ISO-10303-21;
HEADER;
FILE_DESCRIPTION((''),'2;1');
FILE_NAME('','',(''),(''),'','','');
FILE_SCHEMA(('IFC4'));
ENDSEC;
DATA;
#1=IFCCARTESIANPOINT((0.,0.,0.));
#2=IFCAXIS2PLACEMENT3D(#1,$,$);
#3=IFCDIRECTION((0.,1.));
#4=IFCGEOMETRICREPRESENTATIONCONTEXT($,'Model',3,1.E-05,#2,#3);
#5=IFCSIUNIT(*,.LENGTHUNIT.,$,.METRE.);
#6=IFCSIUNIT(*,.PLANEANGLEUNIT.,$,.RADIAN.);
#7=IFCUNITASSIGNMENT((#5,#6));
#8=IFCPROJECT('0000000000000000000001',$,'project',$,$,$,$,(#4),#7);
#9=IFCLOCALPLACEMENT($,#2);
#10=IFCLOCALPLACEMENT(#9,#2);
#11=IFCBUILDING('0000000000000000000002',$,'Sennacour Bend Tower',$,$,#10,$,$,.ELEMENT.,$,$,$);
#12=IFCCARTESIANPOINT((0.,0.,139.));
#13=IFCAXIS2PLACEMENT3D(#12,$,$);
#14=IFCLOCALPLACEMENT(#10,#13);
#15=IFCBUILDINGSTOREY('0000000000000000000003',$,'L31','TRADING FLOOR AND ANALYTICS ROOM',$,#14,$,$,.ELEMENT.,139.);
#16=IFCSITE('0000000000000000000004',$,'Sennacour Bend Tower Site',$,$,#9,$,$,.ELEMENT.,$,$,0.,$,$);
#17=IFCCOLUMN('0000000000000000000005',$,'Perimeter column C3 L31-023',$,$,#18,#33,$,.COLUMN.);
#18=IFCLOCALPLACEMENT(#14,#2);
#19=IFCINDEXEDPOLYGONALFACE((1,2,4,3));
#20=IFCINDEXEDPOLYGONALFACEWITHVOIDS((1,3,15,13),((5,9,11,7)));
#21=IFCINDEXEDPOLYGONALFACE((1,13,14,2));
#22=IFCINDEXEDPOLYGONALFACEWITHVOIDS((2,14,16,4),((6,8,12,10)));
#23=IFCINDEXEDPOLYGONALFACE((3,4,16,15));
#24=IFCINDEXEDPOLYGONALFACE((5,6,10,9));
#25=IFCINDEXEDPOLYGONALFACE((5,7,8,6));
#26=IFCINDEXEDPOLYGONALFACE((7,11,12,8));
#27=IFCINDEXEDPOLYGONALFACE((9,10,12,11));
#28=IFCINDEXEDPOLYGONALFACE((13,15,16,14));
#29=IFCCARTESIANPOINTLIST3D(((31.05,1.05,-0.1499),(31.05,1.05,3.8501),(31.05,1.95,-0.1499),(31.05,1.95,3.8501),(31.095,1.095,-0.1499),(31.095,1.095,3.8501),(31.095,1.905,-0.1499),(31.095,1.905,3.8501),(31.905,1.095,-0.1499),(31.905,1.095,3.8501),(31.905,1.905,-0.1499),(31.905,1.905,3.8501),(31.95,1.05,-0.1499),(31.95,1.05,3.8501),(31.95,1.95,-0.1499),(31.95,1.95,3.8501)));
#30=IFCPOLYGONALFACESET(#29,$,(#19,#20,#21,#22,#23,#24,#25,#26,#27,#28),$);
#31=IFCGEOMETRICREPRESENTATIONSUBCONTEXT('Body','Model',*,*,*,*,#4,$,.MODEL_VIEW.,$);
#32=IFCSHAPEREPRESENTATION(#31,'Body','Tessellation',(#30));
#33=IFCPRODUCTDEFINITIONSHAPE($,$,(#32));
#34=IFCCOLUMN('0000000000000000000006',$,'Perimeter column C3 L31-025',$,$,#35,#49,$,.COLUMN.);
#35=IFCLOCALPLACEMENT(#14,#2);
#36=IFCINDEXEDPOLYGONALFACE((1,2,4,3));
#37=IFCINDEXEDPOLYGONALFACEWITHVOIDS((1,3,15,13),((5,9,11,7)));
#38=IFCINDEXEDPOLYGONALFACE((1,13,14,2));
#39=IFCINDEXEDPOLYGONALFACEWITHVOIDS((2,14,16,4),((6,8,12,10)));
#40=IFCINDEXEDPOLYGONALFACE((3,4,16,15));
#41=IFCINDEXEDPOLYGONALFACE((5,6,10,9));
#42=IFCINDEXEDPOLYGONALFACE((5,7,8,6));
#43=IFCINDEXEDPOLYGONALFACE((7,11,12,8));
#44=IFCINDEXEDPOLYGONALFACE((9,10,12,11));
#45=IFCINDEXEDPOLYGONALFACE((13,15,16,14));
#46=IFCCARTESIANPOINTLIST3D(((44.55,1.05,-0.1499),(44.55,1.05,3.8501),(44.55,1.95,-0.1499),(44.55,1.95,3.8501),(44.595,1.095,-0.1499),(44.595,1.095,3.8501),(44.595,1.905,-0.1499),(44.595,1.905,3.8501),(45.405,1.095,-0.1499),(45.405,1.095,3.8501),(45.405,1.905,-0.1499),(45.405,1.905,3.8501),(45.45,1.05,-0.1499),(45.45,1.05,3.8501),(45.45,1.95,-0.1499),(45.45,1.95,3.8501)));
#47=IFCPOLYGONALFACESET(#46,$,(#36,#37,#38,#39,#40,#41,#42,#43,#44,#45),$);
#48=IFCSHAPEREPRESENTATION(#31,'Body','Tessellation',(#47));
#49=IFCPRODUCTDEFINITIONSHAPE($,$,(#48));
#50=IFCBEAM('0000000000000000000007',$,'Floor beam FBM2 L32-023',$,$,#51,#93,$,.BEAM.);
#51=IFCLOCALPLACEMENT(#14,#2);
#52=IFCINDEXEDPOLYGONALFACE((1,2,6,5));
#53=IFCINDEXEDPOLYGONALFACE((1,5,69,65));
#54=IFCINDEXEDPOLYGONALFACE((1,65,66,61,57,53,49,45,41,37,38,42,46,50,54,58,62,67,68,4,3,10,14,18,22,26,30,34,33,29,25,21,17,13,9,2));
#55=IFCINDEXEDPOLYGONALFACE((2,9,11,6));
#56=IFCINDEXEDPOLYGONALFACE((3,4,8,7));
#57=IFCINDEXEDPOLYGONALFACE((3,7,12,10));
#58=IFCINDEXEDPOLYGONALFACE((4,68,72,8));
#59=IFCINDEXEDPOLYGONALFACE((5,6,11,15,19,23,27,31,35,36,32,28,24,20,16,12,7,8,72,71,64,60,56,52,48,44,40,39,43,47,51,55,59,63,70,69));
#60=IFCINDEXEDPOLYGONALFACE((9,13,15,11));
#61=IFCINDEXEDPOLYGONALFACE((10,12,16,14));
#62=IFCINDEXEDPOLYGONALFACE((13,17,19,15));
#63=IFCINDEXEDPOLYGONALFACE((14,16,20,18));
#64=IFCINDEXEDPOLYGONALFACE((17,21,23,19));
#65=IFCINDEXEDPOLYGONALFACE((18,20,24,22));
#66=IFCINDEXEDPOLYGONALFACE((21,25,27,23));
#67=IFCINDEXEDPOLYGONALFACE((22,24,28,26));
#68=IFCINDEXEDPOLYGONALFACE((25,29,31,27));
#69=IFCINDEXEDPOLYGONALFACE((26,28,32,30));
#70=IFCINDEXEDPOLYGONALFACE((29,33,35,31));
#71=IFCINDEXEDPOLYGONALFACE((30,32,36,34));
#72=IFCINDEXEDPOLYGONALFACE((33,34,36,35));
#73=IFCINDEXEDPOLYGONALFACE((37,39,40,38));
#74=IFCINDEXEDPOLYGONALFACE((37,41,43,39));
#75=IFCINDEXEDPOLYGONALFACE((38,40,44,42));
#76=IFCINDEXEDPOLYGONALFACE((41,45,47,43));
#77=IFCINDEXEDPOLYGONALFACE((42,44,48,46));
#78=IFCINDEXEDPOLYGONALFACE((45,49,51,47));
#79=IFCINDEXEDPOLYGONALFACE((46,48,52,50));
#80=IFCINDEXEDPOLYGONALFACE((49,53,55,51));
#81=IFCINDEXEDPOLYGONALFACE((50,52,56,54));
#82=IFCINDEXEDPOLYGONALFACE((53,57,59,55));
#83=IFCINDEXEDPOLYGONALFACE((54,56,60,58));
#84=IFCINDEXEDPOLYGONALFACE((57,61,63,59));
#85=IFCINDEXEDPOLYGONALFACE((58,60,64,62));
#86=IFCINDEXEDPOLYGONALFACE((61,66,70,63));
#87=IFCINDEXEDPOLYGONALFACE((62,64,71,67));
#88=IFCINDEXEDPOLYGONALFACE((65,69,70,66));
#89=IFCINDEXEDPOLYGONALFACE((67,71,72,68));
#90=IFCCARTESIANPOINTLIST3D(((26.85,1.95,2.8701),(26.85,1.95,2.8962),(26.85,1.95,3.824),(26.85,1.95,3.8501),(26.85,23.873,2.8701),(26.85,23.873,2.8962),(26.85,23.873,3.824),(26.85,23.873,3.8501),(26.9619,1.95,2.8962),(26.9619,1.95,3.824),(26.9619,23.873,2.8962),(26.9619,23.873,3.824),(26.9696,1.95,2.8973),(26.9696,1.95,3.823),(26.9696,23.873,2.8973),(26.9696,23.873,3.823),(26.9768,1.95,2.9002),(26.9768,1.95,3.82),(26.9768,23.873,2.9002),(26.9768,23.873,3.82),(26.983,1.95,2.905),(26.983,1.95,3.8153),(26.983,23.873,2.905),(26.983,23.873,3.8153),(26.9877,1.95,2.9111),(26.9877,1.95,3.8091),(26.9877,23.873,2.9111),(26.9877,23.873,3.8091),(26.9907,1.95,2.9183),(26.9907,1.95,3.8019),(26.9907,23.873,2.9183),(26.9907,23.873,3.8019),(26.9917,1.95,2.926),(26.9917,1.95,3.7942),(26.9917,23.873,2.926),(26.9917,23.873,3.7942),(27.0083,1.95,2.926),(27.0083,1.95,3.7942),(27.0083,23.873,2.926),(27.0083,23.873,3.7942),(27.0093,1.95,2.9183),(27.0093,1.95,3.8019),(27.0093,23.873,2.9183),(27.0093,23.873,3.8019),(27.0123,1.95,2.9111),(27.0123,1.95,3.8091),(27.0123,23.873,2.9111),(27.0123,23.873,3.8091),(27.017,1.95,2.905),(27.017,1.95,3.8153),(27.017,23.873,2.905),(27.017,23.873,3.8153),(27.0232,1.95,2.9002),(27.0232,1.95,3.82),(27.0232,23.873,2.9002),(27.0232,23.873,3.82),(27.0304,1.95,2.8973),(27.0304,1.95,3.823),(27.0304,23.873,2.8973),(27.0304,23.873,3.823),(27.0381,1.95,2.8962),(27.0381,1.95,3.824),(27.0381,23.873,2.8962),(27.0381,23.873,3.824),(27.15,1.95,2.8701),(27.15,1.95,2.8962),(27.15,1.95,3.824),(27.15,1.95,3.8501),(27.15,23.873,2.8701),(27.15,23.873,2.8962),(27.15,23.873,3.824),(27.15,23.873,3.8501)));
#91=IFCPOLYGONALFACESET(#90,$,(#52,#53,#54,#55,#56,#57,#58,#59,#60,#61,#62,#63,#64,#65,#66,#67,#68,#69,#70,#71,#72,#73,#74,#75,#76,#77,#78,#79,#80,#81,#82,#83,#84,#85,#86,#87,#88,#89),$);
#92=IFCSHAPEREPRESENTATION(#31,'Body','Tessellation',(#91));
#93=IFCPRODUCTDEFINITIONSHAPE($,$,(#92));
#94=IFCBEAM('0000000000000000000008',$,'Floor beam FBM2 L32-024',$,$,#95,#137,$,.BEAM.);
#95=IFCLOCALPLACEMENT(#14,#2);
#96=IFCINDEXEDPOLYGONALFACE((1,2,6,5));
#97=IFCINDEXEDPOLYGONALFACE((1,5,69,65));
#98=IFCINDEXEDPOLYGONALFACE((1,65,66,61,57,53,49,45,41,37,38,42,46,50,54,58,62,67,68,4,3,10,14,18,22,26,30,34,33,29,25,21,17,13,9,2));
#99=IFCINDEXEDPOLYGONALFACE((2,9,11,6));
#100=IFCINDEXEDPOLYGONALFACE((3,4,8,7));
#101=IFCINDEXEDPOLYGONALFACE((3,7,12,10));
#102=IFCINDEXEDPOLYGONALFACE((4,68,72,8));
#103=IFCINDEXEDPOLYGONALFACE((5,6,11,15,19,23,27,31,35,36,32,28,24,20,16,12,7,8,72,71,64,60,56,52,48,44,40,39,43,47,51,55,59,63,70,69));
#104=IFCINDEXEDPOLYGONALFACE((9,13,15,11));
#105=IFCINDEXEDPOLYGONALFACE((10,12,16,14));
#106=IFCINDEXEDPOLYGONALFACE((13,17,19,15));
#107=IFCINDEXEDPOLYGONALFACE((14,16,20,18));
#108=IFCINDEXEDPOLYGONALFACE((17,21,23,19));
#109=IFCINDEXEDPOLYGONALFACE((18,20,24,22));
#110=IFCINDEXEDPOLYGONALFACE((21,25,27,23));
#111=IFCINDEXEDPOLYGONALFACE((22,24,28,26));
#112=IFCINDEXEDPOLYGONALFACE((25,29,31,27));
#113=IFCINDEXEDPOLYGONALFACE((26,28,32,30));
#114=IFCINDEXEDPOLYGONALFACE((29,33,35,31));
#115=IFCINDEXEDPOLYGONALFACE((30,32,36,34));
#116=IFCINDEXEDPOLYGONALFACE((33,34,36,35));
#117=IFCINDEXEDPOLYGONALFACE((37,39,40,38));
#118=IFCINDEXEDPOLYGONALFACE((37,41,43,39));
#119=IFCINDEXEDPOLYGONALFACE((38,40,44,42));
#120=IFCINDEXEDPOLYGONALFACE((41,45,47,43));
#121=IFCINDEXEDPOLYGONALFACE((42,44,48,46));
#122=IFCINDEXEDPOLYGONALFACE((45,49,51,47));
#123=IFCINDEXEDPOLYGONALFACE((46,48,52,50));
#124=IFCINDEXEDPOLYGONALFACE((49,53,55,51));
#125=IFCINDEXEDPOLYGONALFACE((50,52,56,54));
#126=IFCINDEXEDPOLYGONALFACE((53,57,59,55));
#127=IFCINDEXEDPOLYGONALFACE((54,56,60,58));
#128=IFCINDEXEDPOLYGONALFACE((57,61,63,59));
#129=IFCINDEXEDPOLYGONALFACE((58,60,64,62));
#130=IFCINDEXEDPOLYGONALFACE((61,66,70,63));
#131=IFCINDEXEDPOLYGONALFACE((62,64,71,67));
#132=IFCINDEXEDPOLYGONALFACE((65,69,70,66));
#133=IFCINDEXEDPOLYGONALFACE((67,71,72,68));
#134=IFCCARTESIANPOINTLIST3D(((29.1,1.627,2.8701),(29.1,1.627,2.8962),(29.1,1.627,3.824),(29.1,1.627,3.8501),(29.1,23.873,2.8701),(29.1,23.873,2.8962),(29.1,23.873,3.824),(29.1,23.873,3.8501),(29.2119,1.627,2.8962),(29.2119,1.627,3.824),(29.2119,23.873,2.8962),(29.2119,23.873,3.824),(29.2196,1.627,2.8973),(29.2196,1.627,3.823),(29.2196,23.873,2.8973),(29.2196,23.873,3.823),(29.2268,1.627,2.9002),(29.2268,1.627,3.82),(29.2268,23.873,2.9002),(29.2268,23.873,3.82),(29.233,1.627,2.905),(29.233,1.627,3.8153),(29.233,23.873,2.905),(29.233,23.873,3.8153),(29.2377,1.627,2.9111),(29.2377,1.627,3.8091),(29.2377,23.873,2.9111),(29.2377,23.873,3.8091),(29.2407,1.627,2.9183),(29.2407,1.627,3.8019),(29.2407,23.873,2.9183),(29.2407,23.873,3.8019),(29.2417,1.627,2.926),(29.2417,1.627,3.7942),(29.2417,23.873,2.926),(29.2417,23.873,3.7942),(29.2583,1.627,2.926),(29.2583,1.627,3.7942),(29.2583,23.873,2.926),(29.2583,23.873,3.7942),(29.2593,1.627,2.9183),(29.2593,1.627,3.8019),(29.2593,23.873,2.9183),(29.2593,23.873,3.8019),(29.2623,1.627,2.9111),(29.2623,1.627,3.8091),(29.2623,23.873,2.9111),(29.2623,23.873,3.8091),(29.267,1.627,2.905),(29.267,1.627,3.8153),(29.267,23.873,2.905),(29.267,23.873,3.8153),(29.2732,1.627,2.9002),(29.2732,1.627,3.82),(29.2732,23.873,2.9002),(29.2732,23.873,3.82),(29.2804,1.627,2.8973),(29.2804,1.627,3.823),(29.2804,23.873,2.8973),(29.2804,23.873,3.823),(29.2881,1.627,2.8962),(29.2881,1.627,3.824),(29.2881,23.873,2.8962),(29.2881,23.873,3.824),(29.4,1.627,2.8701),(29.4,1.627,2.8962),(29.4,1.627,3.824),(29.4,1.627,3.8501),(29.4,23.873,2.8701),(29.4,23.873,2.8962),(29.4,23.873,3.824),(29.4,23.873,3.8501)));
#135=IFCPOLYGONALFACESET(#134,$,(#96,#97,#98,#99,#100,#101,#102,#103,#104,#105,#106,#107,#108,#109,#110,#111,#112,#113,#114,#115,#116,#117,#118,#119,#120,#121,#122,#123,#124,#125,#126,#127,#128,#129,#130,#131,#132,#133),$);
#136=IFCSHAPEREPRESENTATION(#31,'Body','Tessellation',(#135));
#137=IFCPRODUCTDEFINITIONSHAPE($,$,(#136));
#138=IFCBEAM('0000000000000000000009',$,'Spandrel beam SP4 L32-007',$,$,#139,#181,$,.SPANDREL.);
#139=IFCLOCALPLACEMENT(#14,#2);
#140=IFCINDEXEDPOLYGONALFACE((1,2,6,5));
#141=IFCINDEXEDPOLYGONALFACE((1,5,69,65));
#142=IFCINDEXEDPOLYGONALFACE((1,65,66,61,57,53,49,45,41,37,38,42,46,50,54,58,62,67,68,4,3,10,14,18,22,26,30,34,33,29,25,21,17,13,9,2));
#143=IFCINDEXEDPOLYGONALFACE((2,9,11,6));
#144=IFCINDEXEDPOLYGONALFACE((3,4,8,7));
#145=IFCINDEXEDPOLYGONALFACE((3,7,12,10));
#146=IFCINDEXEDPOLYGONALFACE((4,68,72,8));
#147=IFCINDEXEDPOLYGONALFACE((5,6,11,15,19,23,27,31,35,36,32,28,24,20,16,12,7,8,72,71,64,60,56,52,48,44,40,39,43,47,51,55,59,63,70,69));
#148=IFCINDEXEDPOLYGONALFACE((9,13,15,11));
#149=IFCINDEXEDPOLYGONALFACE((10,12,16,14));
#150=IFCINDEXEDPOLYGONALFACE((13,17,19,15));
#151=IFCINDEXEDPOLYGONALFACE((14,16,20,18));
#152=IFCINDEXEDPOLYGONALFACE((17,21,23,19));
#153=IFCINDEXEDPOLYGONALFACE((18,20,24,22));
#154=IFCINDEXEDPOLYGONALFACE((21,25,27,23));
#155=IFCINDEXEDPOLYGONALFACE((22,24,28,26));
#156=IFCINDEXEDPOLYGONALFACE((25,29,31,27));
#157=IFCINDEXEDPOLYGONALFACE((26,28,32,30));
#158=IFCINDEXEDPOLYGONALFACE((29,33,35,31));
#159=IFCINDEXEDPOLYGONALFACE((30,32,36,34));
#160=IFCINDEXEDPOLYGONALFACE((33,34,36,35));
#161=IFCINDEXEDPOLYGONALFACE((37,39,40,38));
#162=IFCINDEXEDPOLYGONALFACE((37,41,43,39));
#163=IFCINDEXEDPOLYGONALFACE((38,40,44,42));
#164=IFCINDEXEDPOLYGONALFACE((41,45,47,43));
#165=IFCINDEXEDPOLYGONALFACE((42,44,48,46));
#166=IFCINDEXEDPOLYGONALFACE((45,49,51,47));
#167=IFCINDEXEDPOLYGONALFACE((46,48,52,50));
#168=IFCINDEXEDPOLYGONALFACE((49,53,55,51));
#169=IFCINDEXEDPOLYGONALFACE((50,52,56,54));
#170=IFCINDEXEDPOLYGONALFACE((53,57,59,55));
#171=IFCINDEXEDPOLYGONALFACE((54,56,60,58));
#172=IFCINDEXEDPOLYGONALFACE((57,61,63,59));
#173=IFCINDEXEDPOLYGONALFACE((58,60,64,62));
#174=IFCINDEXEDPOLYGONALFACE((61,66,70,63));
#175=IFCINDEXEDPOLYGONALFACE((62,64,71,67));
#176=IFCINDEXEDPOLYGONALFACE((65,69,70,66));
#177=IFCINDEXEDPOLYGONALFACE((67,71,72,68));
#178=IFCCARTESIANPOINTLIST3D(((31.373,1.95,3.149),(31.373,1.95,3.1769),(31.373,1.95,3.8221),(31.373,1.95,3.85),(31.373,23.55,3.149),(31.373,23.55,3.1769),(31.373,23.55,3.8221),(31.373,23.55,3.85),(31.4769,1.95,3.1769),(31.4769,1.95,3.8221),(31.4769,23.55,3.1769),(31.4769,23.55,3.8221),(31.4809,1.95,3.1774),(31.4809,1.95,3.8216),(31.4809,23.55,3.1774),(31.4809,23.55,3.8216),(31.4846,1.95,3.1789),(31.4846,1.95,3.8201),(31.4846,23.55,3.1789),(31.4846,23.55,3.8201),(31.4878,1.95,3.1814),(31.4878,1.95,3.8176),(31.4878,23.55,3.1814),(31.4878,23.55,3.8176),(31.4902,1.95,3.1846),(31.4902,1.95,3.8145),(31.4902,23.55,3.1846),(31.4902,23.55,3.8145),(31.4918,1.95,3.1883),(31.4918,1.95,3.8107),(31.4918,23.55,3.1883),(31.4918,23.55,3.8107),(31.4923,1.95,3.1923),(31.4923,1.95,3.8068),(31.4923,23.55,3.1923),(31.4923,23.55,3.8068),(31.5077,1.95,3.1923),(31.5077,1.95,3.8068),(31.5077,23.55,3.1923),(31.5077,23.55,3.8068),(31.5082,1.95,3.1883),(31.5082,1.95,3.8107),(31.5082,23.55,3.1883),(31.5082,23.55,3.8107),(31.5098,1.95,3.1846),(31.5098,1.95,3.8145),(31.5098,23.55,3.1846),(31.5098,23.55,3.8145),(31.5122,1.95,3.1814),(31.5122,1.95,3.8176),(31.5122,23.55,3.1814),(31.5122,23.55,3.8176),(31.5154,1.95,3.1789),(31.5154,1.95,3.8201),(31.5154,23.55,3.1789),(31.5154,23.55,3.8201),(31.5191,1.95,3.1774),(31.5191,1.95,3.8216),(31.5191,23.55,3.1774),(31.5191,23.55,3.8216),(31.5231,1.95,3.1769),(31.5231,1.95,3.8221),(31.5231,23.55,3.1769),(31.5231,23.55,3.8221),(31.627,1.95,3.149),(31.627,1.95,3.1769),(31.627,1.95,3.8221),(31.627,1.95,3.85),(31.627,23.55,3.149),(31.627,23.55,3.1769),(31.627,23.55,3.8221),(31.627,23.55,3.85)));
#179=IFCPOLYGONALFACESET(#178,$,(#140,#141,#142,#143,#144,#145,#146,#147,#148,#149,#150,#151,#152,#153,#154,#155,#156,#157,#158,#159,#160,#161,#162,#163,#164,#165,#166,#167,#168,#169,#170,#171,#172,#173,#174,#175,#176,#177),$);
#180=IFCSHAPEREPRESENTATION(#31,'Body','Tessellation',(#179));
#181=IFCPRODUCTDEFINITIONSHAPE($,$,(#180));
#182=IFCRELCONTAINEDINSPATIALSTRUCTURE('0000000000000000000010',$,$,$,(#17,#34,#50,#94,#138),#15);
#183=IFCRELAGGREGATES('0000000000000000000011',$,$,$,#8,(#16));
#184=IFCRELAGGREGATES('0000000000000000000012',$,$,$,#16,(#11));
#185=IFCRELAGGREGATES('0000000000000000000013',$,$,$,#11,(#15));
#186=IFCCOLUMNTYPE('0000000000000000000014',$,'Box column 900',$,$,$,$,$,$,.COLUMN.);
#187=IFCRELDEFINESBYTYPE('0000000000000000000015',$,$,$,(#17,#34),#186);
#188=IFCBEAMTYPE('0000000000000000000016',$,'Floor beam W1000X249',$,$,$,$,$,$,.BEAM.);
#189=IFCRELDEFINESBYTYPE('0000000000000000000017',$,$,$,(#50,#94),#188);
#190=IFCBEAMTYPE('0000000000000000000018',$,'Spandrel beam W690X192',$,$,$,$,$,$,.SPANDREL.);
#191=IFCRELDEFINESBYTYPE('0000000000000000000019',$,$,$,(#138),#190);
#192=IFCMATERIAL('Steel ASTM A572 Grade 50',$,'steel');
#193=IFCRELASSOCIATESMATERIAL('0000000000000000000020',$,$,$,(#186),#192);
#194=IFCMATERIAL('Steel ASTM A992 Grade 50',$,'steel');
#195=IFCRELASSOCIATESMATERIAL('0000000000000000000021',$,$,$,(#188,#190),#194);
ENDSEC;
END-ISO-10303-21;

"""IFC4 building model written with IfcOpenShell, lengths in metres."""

from ifc_helpers import new_model, si_unit, direction, frame, origin, origin_2d, place, context, subcontext, project, spatial, hollow_rectangle, i_section, extrude, material, material_profile, profile_set, type_object, element, save


model = new_model("IFC4")

# Units and contexts
model_context = context("Model", 3, precision=1e-05, world=origin(), true_north=direction((0.0, 1.0)))
body_context = subcontext(model_context, "Body", "Model", "MODEL_VIEW")
ifc_project = project(units=[si_unit("LENGTHUNIT", "METRE"), si_unit("PLANEANGLEUNIT", "RADIAN")], contexts=[model_context])

# Site, building, storey
site_placement = place(None, origin())
site = spatial("IfcSite", under=ifc_project, at=site_placement, Name="Sennacour Bend Tower Site", CompositionType="ELEMENT", RefElevation=0.0)
building_placement = place(site_placement, origin())
building = spatial("IfcBuilding", under=site, at=building_placement, Name="Sennacour Bend Tower", CompositionType="ELEMENT")
storey_placement = place(building_placement, frame((0.0, 0.0, 139.0)))
storey = spatial("IfcBuildingStorey", under=building, at=storey_placement, Name="L31", Description="TRADING FLOOR AND ANALYTICS ROOM", CompositionType="ELEMENT", Elevation=139.0)

# Columns
ifc_material_1 = material(Name="Steel ASTM A572 Grade 50", Category="steel")
ifc_material_profile_1 = material_profile(ifc_material_1, hollow_rectangle(XDim=0.8999, YDim=0.8999, WallThickness=0.0449, at=origin_2d()), Name="Steel ASTM A572 Grade 50", Category="steel")
ifc_profile_set_1 = profile_set([ifc_material_profile_1], Name="Steel ASTM A572 Grade 50")
column_type = type_object("IfcColumnType", Name="Box column 900", PredefinedType="COLUMN", material=ifc_profile_set_1)
for number, where, z_axis, x_axis, name in (
    (1, (31.5, 1.5, -0.1499), (0.0, 0.0, 1.0), (1.0, 0.0, 0.0), "Perimeter column C3 L31-023"),
    (2, (45.0, 1.5, -0.1499), (0.0, 0.0, 1.0), (1.0, 0.0, 0.0), "Perimeter column C3 L31-025"),
):
    element("IfcColumn", number, at=place(storey_placement, frame(where, z_axis=z_axis, x_axis=x_axis)), inside=storey, type_object=column_type, Name=name, PredefinedType="COLUMN", context=body_context, shape_type="SweptSolid", body=[
        extrude(hollow_rectangle(XDim=0.8999, YDim=0.8999, WallThickness=0.0449, at=origin_2d()), origin(), (0.0, 0.0, 1.0), 4.0),
    ])

# Beams
ifc_material_2 = material(Name="Steel ASTM A992 Grade 50", Category="steel")
ifc_material_profile_2 = material_profile(ifc_material_2, i_section(OverallWidth=0.3, OverallDepth=0.98, WebThickness=0.0166, FlangeThickness=0.0261, FilletRadius=0.0298, at=origin_2d()), Name="Steel ASTM A992 Grade 50", Category="steel")
ifc_profile_set_2 = profile_set([ifc_material_profile_2], Name="Steel ASTM A992 Grade 50")
beam_type_1 = type_object("IfcBeamType", Name="Floor beam W1000X249", PredefinedType="BEAM", material=ifc_profile_set_2)
beam_1_placement = place(storey_placement, frame((27.0, 1.95, 3.3601), z_axis=(0.0, 1.0, 0.0), x_axis=(-1.0, 0.0, 0.0)))
element("IfcBeam", 3, at=beam_1_placement, inside=storey, type_object=beam_type_1, Name="Floor beam FBM2 L32-023", PredefinedType="BEAM", context=body_context, shape_type="SweptSolid", body=[
    extrude(i_section(OverallWidth=0.3, OverallDepth=0.98, WebThickness=0.0166, FlangeThickness=0.0261, FilletRadius=0.0298, at=origin_2d()), origin(), (0.0, 0.0, 1.0), 21.9231),
])
beam_2_placement = place(storey_placement, frame((29.25, 1.627, 3.3601), z_axis=(0.0, 1.0, 0.0), x_axis=(-1.0, 0.0, 0.0)))
element("IfcBeam", 4, at=beam_2_placement, inside=storey, type_object=beam_type_1, Name="Floor beam FBM2 L32-024", PredefinedType="BEAM", context=body_context, shape_type="SweptSolid", body=[
    extrude(i_section(OverallWidth=0.3, OverallDepth=0.98, WebThickness=0.0166, FlangeThickness=0.0261, FilletRadius=0.0298, at=origin_2d()), origin(), (0.0, 0.0, 1.0), 22.2461),
])
ifc_material_profile_3 = material_profile(ifc_material_2, i_section(OverallWidth=0.2539, OverallDepth=0.7009, WebThickness=0.0154, FlangeThickness=0.0278, FilletRadius=0.0154, at=origin_2d()), Name="Steel ASTM A992 Grade 50", Category="steel")
ifc_profile_set_3 = profile_set([ifc_material_profile_3], Name="Steel ASTM A992 Grade 50")
beam_type_2 = type_object("IfcBeamType", Name="Spandrel beam W690X192", PredefinedType="SPANDREL", material=ifc_profile_set_3)
beam_3_placement = place(storey_placement, frame((31.5, 23.55, 3.4995), z_axis=(0.0, -1.0, 0.0), x_axis=(1.0, 0.0, 0.0)))
element("IfcBeam", 5, at=beam_3_placement, inside=storey, type_object=beam_type_2, Name="Spandrel beam SP4 L32-007", PredefinedType="SPANDREL", context=body_context, shape_type="SweptSolid", body=[
    extrude(i_section(OverallWidth=0.2539, OverallDepth=0.7009, WebThickness=0.0154, FlangeThickness=0.0278, FilletRadius=0.0154, at=origin_2d()), origin(), (0.0, 0.0, 1.0), 21.6001),
])

save(model, "model.ifc")
